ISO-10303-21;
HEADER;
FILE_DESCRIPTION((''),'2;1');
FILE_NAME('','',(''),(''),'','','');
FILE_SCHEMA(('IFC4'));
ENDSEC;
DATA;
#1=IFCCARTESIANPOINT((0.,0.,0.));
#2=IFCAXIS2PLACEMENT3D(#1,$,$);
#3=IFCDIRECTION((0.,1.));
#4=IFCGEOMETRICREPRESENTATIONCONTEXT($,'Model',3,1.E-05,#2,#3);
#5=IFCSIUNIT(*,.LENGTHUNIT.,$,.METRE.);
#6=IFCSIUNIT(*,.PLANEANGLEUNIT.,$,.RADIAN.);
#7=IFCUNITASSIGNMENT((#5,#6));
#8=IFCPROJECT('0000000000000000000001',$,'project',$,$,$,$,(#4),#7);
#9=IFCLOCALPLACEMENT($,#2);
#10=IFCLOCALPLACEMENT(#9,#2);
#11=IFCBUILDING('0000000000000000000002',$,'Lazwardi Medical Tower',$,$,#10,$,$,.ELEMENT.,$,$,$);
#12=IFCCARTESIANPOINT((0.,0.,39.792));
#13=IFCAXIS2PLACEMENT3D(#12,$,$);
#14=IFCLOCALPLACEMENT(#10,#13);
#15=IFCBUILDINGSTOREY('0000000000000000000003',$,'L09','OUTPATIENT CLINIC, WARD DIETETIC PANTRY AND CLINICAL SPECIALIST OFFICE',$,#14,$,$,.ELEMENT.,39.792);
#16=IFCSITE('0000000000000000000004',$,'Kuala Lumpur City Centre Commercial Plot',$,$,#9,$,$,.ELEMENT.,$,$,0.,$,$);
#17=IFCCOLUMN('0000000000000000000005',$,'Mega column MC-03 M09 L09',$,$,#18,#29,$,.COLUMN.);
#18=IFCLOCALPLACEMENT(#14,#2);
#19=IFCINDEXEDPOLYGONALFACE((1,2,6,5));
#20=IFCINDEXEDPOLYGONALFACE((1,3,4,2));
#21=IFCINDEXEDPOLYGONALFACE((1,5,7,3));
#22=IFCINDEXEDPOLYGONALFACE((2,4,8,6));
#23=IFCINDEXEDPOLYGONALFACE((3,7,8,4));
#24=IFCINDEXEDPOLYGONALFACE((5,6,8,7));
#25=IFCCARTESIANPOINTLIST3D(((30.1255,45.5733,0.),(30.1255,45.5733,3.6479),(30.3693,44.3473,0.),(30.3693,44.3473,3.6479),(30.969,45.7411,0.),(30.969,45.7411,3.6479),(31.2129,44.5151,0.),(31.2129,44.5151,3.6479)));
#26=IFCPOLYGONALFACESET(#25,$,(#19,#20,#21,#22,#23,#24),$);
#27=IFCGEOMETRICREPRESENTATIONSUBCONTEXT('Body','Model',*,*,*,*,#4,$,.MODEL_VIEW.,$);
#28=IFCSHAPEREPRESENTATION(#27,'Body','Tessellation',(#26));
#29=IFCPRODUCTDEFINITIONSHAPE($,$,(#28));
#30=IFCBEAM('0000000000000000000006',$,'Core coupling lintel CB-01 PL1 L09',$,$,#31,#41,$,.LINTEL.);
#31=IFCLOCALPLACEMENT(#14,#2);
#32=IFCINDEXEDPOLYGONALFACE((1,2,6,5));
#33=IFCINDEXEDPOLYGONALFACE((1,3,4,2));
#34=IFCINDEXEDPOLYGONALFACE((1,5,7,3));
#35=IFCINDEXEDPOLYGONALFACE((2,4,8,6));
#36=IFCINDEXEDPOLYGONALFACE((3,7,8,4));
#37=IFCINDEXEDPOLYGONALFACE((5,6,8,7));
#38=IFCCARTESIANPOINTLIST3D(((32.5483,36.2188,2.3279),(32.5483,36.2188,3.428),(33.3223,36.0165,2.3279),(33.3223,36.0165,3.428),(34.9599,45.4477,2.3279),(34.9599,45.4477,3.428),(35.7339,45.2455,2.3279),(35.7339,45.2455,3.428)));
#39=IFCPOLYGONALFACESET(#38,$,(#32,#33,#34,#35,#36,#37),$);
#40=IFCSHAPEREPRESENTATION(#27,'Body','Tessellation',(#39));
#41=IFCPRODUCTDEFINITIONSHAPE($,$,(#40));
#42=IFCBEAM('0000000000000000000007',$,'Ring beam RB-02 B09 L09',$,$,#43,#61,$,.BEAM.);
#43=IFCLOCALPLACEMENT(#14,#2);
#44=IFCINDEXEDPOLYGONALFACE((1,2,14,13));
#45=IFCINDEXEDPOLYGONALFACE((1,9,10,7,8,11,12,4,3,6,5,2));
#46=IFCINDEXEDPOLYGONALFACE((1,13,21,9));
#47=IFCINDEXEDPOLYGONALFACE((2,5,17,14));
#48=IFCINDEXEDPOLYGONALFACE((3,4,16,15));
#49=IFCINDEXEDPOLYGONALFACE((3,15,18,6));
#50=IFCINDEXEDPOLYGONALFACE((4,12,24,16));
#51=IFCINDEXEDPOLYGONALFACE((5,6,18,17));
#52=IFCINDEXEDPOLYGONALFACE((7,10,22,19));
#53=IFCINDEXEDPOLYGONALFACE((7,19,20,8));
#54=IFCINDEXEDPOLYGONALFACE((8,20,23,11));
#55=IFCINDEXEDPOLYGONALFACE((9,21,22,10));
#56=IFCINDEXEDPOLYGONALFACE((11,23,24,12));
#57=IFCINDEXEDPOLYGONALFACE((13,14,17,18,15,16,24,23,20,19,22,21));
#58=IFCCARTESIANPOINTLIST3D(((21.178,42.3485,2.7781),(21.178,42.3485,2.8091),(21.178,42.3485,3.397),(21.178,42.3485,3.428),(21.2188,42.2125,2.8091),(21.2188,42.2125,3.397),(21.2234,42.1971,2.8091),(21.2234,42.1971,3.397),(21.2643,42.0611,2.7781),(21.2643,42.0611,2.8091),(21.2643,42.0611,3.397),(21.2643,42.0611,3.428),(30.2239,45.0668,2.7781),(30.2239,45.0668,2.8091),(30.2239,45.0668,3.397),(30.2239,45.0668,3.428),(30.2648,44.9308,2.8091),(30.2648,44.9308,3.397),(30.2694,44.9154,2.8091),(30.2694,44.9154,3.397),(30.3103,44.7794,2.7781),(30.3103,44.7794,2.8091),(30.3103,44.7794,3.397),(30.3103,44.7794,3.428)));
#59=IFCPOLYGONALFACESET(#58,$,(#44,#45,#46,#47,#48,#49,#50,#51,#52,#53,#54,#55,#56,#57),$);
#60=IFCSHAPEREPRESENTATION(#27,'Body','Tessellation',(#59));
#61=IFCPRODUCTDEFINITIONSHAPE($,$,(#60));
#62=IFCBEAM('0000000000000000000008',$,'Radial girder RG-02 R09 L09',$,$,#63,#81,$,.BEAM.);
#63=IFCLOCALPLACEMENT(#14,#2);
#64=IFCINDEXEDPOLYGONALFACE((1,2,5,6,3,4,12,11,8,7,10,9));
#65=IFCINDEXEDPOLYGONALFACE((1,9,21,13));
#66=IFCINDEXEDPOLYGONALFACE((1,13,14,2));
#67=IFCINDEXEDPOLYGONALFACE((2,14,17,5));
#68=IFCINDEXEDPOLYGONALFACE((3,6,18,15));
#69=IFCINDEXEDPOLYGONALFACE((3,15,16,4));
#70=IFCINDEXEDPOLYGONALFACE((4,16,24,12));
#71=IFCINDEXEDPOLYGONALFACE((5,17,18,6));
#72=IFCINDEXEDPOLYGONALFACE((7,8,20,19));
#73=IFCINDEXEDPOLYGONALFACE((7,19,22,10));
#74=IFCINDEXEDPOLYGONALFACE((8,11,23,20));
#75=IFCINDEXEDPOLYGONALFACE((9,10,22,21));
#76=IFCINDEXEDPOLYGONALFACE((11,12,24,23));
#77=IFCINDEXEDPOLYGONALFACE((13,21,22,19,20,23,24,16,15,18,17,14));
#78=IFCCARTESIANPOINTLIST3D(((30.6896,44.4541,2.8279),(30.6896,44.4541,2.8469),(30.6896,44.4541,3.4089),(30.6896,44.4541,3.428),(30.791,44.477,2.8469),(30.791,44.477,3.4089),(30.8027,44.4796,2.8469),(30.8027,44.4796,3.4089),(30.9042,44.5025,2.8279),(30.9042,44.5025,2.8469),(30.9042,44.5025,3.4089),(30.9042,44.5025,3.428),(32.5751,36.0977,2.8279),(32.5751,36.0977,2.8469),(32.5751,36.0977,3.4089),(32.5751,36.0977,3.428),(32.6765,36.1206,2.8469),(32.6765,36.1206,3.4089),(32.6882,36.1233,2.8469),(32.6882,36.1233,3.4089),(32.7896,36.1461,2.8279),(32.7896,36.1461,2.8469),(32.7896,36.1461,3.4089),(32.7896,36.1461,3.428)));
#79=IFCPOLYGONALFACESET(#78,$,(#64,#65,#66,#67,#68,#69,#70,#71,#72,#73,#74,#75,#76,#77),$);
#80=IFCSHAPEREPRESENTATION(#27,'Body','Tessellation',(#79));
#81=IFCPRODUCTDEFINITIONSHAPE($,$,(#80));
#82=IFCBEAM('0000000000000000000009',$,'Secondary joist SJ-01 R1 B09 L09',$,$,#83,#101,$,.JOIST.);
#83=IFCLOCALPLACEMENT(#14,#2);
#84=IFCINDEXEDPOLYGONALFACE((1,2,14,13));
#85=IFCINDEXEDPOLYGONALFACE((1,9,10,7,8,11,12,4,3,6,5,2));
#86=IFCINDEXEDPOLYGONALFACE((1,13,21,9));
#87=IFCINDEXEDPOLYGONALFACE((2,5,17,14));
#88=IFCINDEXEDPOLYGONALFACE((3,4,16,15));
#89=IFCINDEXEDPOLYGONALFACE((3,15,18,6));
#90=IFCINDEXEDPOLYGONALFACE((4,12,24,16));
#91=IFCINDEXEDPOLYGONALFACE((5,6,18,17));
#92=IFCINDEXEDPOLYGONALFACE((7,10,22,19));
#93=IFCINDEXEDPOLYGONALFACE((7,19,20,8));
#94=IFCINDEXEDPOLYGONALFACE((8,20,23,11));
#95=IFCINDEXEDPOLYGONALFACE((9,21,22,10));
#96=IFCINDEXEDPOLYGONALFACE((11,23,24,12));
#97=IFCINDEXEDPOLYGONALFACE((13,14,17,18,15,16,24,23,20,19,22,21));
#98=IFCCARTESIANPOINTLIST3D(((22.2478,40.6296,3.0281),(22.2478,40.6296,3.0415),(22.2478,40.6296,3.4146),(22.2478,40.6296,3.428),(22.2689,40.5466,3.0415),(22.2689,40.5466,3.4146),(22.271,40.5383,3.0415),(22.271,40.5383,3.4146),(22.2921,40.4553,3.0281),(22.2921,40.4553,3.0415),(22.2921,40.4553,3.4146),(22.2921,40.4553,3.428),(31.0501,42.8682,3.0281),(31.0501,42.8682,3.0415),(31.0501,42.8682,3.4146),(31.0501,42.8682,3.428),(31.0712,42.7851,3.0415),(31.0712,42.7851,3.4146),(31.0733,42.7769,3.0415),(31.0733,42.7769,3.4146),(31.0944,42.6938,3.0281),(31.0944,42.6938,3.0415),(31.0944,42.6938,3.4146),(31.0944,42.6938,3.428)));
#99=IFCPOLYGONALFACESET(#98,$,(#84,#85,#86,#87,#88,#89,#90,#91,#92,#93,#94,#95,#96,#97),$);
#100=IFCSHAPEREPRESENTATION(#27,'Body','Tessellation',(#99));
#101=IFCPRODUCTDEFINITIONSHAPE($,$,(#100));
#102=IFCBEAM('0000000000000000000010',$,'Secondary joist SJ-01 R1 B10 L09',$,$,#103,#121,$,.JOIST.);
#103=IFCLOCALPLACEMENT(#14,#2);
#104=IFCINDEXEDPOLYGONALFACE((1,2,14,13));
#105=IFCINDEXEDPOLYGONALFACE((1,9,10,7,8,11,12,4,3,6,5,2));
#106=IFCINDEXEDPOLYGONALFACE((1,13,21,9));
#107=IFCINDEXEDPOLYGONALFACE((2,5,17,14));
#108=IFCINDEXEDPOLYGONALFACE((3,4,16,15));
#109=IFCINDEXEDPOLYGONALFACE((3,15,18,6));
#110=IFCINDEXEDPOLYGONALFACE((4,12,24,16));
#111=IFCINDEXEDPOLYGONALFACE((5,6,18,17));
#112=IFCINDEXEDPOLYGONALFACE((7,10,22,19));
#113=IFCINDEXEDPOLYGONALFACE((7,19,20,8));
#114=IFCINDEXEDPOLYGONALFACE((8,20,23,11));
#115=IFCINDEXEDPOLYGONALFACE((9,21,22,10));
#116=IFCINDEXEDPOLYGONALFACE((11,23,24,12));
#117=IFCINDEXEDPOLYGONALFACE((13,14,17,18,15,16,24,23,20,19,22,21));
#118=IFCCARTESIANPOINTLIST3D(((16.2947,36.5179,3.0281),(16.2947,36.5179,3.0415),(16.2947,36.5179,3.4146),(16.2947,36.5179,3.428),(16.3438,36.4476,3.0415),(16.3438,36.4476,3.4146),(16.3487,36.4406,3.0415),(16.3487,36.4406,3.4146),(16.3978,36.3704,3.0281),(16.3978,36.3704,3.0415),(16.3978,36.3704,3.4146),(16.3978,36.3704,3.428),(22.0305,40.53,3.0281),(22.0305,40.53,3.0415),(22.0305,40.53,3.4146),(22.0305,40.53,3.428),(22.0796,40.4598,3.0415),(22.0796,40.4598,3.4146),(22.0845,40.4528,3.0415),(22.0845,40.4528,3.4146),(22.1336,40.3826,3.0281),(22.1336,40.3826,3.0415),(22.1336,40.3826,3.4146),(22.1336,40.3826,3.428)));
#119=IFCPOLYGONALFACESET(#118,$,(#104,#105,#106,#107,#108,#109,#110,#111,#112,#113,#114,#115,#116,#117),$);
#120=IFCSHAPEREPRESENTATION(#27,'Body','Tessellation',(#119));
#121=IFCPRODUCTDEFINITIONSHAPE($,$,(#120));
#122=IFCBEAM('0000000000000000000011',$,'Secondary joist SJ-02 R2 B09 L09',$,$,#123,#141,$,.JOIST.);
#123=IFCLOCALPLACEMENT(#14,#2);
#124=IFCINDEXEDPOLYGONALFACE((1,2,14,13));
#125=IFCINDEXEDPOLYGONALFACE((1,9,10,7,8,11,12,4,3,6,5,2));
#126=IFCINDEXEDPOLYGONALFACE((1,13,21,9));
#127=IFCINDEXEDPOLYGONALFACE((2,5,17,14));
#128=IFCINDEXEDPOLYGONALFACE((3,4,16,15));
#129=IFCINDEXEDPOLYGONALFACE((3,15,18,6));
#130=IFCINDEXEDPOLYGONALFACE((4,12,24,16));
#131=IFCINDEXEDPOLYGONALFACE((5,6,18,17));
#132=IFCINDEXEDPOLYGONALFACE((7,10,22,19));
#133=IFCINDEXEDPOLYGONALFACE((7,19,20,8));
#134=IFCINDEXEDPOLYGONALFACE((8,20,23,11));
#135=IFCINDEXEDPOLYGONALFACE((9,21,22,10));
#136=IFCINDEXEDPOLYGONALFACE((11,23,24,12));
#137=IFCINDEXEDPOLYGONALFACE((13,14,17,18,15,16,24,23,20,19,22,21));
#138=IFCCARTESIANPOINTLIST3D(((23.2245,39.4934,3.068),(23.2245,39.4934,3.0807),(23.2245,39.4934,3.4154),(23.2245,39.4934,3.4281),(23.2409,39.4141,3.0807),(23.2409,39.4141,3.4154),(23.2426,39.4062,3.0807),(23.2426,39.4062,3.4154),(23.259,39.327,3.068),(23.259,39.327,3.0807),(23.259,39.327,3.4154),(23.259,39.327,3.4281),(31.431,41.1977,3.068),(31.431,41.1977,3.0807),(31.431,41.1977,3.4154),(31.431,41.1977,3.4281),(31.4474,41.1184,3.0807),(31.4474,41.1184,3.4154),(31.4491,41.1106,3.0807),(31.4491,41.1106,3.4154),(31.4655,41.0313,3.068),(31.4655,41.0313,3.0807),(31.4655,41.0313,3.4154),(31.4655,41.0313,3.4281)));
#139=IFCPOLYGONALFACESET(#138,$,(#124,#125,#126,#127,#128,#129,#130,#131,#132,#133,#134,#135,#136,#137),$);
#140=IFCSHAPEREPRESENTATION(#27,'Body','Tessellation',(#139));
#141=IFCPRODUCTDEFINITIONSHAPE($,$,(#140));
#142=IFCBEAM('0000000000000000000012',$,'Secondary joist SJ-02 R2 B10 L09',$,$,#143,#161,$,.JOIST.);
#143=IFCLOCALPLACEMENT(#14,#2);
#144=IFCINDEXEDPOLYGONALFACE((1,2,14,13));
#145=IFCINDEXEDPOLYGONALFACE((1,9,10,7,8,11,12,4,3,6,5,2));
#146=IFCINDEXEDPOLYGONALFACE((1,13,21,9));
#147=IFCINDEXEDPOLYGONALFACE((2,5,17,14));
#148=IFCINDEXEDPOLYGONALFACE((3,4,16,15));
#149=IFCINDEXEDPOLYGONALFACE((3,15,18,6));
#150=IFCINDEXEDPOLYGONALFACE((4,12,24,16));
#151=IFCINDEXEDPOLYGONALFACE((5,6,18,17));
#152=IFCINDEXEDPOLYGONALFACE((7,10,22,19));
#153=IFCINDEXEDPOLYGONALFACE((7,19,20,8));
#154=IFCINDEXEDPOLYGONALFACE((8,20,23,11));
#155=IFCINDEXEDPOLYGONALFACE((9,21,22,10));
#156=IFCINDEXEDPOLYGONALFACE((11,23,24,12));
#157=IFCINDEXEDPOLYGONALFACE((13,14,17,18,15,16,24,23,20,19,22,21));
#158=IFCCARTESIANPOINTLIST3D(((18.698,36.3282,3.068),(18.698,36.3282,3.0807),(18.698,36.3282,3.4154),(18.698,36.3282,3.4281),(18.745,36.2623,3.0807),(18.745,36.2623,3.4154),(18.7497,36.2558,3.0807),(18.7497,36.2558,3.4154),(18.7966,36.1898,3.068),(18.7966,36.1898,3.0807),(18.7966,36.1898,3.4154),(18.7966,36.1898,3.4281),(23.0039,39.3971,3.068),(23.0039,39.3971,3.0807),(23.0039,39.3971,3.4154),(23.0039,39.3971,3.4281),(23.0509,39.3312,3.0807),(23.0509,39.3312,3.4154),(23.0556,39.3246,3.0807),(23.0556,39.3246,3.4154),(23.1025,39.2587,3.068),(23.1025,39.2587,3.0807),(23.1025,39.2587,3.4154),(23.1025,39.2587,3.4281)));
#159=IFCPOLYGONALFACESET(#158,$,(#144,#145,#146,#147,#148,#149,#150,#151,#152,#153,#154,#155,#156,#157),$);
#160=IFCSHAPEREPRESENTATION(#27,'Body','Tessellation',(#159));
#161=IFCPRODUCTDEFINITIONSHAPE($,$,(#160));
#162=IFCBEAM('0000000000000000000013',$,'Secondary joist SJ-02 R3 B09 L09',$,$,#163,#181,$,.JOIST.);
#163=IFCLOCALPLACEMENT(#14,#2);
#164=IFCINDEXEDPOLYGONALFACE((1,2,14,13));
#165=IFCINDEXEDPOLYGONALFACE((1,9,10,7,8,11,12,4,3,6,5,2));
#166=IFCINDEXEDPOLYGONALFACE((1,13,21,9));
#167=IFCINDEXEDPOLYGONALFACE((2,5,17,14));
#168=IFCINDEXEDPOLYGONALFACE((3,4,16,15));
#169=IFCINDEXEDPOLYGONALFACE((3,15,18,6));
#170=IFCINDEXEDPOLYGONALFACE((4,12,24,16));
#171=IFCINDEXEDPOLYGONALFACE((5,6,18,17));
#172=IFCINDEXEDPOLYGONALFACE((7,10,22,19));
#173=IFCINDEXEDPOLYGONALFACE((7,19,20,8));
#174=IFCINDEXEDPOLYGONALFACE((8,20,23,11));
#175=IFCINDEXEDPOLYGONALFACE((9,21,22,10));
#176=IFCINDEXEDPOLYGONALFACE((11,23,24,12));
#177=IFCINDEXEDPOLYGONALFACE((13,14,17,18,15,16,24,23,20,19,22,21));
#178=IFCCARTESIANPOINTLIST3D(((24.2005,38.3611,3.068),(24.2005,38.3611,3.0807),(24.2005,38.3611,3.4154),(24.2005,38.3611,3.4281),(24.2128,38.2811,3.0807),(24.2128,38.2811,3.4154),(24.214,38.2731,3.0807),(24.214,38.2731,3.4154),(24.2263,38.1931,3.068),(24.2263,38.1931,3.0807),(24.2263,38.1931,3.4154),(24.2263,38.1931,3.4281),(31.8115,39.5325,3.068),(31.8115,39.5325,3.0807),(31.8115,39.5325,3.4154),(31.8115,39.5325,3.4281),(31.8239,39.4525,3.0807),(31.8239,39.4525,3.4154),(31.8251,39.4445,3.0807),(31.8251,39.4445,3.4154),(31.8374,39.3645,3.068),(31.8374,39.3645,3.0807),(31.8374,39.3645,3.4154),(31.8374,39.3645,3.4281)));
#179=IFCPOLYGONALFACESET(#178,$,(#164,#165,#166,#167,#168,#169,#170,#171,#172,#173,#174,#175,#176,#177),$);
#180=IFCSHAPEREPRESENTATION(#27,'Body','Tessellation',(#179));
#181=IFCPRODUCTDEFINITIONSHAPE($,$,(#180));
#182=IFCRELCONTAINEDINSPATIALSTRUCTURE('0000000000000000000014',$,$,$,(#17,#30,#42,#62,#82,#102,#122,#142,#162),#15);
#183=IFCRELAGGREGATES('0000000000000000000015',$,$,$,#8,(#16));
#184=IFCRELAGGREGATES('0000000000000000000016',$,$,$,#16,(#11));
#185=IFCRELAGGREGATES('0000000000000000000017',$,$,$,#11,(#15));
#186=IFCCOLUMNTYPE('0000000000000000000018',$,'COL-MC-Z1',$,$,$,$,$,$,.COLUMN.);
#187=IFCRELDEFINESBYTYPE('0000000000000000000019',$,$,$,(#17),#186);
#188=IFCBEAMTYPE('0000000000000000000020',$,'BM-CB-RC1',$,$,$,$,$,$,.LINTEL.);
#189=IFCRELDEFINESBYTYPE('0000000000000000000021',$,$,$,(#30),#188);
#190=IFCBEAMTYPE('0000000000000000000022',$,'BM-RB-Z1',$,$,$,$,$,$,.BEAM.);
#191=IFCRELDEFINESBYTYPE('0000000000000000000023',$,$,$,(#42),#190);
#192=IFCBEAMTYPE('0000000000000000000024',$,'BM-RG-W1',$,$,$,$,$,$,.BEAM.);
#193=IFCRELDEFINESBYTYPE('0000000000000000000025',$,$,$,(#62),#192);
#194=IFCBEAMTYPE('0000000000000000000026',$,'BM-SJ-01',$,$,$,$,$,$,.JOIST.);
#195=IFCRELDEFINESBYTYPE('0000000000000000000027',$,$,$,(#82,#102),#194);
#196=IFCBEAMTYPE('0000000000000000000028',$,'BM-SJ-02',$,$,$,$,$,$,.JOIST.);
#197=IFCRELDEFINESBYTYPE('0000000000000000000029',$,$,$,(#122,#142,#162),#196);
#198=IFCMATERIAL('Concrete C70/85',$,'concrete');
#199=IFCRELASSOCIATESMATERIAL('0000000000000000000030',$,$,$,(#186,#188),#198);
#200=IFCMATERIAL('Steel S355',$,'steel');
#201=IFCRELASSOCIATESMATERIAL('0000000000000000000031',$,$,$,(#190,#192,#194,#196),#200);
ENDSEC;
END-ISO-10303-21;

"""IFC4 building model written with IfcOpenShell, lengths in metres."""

from ifc_helpers import new_model, si_unit, direction, frame, origin, origin_2d, place, context, subcontext, project, spatial, rectangle, i_section, extrude, material, material_profile, profile_set, type_object, element, save


model = new_model("IFC4")

# Units and contexts
model_context = context("Model", 3, precision=1e-05, world=origin(), true_north=direction((0.0, 1.0)))
body_context = subcontext(model_context, "Body", "Model", "MODEL_VIEW")
ifc_project = project(units=[si_unit("LENGTHUNIT", "METRE"), si_unit("PLANEANGLEUNIT", "RADIAN")], contexts=[model_context])

# Site, building, storey
site_placement = place(None, origin())
site = spatial("IfcSite", under=ifc_project, at=site_placement, Name="Kuala Lumpur City Centre Commercial Plot", CompositionType="ELEMENT", RefElevation=0.0)
building_placement = place(site_placement, origin())
building = spatial("IfcBuilding", under=site, at=building_placement, Name="Lazwardi Medical Tower", CompositionType="ELEMENT")
storey_placement = place(building_placement, frame((0.0, 0.0, 39.792)))
storey = spatial("IfcBuildingStorey", under=building, at=storey_placement, Name="L09", Description="OUTPATIENT CLINIC, WARD DIETETIC PANTRY AND CLINICAL SPECIALIST OFFICE", CompositionType="ELEMENT", Elevation=39.792)

# Column
ifc_material_1 = material(Name="Concrete C70/85", Category="concrete")
ifc_material_profile_1 = material_profile(ifc_material_1, rectangle(XDim=1.25, YDim=0.8601, at=origin_2d()), Name="CFT-RECT 1250x860")
ifc_profile_set_1 = profile_set([ifc_material_profile_1], Name="Concrete C70/85")
column_type = type_object("IfcColumnType", Name="COL-MC-Z1", PredefinedType="COLUMN", material=ifc_profile_set_1)
column_placement = place(storey_placement, frame((30.6692, 45.0442, 0.0), z_axis=(0.0, 0.0, 1.0), x_axis=(-0.19509, 0.980785, 0.0)))
element("IfcColumn", 1, at=column_placement, inside=storey, type_object=column_type, Name="Mega column MC-03 M09 L09", PredefinedType="COLUMN", context=body_context, shape_type="SweptSolid", body=[
    extrude(rectangle(XDim=1.25, YDim=0.8601, at=origin_2d()), origin(), (0.0, 0.0, 1.0), 3.6479),
])

# Beams
ifc_material_profile_2 = material_profile(ifc_material_1, rectangle(XDim=0.8, YDim=1.1001, at=origin_2d()), Name="RC 800x1100")
ifc_profile_set_2 = profile_set([ifc_material_profile_2], Name="Concrete C70/85")
beam_type_1 = type_object("IfcBeamType", Name="BM-CB-RC1", PredefinedType="LINTEL", material=ifc_profile_set_2)
beam_1_placement = place(storey_placement, frame((32.9353, 36.1177, 2.8779), z_axis=(0.25282, 0.967513, 0.0), x_axis=(-0.967513, 0.25282, 0.0)))
element("IfcBeam", 2, at=beam_1_placement, inside=storey, type_object=beam_type_1, Name="Core coupling lintel CB-01 PL1 L09", PredefinedType="LINTEL", context=body_context, shape_type="SweptSolid", body=[
    extrude(rectangle(XDim=0.8, YDim=1.1001, at=origin_2d()), origin(), (0.0, 0.0, 1.0), 9.5388),
])
ifc_material_2 = material(Name="Steel S355", Category="steel")
ifc_material_profile_3 = material_profile(ifc_material_2, i_section(OverallWidth=0.3, OverallDepth=0.6499, WebThickness=0.0161, FlangeThickness=0.031, at=origin_2d()), Name="HEB 650")
ifc_profile_set_3 = profile_set([ifc_material_profile_3], Name="Steel S355")
beam_type_2 = type_object("IfcBeamType", Name="BM-RB-Z1", PredefinedType="BEAM", material=ifc_profile_set_3)
beam_2_placement = place(storey_placement, frame((30.2671, 44.9231, 3.103), z_axis=(-0.957695, -0.287784, 0.0), x_axis=(0.287784, -0.957695, 0.0)))
element("IfcBeam", 3, at=beam_2_placement, inside=storey, type_object=beam_type_2, Name="Ring beam RB-02 B09 L09", PredefinedType="BEAM", context=body_context, shape_type="SweptSolid", body=[
    extrude(i_section(OverallWidth=0.3, OverallDepth=0.6499, WebThickness=0.0161, FlangeThickness=0.031, at=origin_2d()), origin(), (0.0, 0.0, 1.0), 9.4456),
])
ifc_material_profile_4 = material_profile(ifc_material_2, i_section(OverallWidth=0.22, OverallDepth=0.6001, WebThickness=0.012, FlangeThickness=0.019, at=origin_2d()), Name="IPE 600")
ifc_profile_set_4 = profile_set([ifc_material_profile_4], Name="Steel S355")
beam_type_3 = type_object("IfcBeamType", Name="BM-RG-W1", PredefinedType="BEAM", material=ifc_profile_set_4)
beam_3_placement = place(storey_placement, frame((30.7969, 44.4783, 3.1279), z_axis=(0.220101, -0.975477, 0.0), x_axis=(0.975477, 0.220101, 0.0)))
element("IfcBeam", 4, at=beam_3_placement, inside=storey, type_object=beam_type_3, Name="Radial girder RG-02 R09 L09", PredefinedType="BEAM", context=body_context, shape_type="SweptSolid", body=[
    extrude(i_section(OverallWidth=0.22, OverallDepth=0.6001, WebThickness=0.012, FlangeThickness=0.019, at=origin_2d()), origin(), (0.0, 0.0, 1.0), 8.5664),
])
ifc_material_profile_5 = material_profile(ifc_material_2, i_section(OverallWidth=0.1799, OverallDepth=0.3999, WebThickness=0.0085, FlangeThickness=0.0134, at=origin_2d()), Name="IPE 400")
ifc_profile_set_5 = profile_set([ifc_material_profile_5], Name="Steel S355")
beam_type_4 = type_object("IfcBeamType", Name="BM-SJ-01", PredefinedType="JOIST", material=ifc_profile_set_5)
beam_4_placement = place(storey_placement, frame((31.0723, 42.781, 3.228), z_axis=(-0.969151, -0.246468, 0.0), x_axis=(0.246468, -0.969151, 0.0)))
element("IfcBeam", 5, at=beam_4_placement, inside=storey, type_object=beam_type_4, Name="Secondary joist SJ-01 R1 B09 L09", PredefinedType="JOIST", context=body_context, shape_type="SweptSolid", body=[
    extrude(i_section(OverallWidth=0.1799, OverallDepth=0.3999, WebThickness=0.0085, FlangeThickness=0.0134, at=origin_2d()), origin(), (0.0, 0.0, 1.0), 9.0825),
])
beam_5_placement = place(storey_placement, frame((22.082, 40.4563, 3.228), z_axis=(-0.819425, -0.573186, 0.0), x_axis=(0.573186, -0.819425, 0.0)))
element("IfcBeam", 6, at=beam_5_placement, inside=storey, type_object=beam_type_4, Name="Secondary joist SJ-01 R1 B10 L09", PredefinedType="JOIST", context=body_context, shape_type="SweptSolid", body=[
    extrude(i_section(OverallWidth=0.1799, OverallDepth=0.3999, WebThickness=0.0085, FlangeThickness=0.0134, at=origin_2d()), origin(), (0.0, 0.0, 1.0), 6.9998),
])
ifc_material_profile_6 = material_profile(ifc_material_2, i_section(OverallWidth=0.1699, OverallDepth=0.3601, WebThickness=0.0081, FlangeThickness=0.0127, at=origin_2d()), Name="IPE 360")
ifc_profile_set_6 = profile_set([ifc_material_profile_6], Name="Steel S355")
beam_type_5 = type_object("IfcBeamType", Name="BM-SJ-02", PredefinedType="JOIST", material=ifc_profile_set_6)
beam_6_placement = place(storey_placement, frame((31.4482, 41.1145, 3.248), z_axis=(-0.979108, -0.203342, 0.0), x_axis=(0.203342, -0.979108, 0.0)))
element("IfcBeam", 7, at=beam_6_placement, inside=storey, type_object=beam_type_5, Name="Secondary joist SJ-02 R2 B09 L09", PredefinedType="JOIST", context=body_context, shape_type="SweptSolid", body=[
    extrude(i_section(OverallWidth=0.1699, OverallDepth=0.3601, WebThickness=0.0081, FlangeThickness=0.0127, at=origin_2d()), origin(), (0.0, 0.0, 1.0), 8.3816),
])
beam_7_placement = place(storey_placement, frame((23.0532, 39.3279, 3.248), z_axis=(-0.814341, -0.580386, 0.0), x_axis=(0.580386, -0.814341, 0.0)))
element("IfcBeam", 8, at=beam_7_placement, inside=storey, type_object=beam_type_5, Name="Secondary joist SJ-02 R2 B10 L09", PredefinedType="JOIST", context=body_context, shape_type="SweptSolid", body=[
    extrude(i_section(OverallWidth=0.1699, OverallDepth=0.3601, WebThickness=0.0081, FlangeThickness=0.0127, at=origin_2d()), origin(), (0.0, 0.0, 1.0), 5.2876),
])
beam_8_placement = place(storey_placement, frame((31.8245, 39.4485, 3.248), z_axis=(-0.988363, -0.152114, 0.0), x_axis=(0.152114, -0.988363, 0.0)))
element("IfcBeam", 9, at=beam_8_placement, inside=storey, type_object=beam_type_5, Name="Secondary joist SJ-02 R3 B09 L09", PredefinedType="JOIST", context=body_context, shape_type="SweptSolid", body=[
    extrude(i_section(OverallWidth=0.1699, OverallDepth=0.3601, WebThickness=0.0081, FlangeThickness=0.0127, at=origin_2d()), origin(), (0.0, 0.0, 1.0), 7.7007),
])

save(model, "model.ifc")
